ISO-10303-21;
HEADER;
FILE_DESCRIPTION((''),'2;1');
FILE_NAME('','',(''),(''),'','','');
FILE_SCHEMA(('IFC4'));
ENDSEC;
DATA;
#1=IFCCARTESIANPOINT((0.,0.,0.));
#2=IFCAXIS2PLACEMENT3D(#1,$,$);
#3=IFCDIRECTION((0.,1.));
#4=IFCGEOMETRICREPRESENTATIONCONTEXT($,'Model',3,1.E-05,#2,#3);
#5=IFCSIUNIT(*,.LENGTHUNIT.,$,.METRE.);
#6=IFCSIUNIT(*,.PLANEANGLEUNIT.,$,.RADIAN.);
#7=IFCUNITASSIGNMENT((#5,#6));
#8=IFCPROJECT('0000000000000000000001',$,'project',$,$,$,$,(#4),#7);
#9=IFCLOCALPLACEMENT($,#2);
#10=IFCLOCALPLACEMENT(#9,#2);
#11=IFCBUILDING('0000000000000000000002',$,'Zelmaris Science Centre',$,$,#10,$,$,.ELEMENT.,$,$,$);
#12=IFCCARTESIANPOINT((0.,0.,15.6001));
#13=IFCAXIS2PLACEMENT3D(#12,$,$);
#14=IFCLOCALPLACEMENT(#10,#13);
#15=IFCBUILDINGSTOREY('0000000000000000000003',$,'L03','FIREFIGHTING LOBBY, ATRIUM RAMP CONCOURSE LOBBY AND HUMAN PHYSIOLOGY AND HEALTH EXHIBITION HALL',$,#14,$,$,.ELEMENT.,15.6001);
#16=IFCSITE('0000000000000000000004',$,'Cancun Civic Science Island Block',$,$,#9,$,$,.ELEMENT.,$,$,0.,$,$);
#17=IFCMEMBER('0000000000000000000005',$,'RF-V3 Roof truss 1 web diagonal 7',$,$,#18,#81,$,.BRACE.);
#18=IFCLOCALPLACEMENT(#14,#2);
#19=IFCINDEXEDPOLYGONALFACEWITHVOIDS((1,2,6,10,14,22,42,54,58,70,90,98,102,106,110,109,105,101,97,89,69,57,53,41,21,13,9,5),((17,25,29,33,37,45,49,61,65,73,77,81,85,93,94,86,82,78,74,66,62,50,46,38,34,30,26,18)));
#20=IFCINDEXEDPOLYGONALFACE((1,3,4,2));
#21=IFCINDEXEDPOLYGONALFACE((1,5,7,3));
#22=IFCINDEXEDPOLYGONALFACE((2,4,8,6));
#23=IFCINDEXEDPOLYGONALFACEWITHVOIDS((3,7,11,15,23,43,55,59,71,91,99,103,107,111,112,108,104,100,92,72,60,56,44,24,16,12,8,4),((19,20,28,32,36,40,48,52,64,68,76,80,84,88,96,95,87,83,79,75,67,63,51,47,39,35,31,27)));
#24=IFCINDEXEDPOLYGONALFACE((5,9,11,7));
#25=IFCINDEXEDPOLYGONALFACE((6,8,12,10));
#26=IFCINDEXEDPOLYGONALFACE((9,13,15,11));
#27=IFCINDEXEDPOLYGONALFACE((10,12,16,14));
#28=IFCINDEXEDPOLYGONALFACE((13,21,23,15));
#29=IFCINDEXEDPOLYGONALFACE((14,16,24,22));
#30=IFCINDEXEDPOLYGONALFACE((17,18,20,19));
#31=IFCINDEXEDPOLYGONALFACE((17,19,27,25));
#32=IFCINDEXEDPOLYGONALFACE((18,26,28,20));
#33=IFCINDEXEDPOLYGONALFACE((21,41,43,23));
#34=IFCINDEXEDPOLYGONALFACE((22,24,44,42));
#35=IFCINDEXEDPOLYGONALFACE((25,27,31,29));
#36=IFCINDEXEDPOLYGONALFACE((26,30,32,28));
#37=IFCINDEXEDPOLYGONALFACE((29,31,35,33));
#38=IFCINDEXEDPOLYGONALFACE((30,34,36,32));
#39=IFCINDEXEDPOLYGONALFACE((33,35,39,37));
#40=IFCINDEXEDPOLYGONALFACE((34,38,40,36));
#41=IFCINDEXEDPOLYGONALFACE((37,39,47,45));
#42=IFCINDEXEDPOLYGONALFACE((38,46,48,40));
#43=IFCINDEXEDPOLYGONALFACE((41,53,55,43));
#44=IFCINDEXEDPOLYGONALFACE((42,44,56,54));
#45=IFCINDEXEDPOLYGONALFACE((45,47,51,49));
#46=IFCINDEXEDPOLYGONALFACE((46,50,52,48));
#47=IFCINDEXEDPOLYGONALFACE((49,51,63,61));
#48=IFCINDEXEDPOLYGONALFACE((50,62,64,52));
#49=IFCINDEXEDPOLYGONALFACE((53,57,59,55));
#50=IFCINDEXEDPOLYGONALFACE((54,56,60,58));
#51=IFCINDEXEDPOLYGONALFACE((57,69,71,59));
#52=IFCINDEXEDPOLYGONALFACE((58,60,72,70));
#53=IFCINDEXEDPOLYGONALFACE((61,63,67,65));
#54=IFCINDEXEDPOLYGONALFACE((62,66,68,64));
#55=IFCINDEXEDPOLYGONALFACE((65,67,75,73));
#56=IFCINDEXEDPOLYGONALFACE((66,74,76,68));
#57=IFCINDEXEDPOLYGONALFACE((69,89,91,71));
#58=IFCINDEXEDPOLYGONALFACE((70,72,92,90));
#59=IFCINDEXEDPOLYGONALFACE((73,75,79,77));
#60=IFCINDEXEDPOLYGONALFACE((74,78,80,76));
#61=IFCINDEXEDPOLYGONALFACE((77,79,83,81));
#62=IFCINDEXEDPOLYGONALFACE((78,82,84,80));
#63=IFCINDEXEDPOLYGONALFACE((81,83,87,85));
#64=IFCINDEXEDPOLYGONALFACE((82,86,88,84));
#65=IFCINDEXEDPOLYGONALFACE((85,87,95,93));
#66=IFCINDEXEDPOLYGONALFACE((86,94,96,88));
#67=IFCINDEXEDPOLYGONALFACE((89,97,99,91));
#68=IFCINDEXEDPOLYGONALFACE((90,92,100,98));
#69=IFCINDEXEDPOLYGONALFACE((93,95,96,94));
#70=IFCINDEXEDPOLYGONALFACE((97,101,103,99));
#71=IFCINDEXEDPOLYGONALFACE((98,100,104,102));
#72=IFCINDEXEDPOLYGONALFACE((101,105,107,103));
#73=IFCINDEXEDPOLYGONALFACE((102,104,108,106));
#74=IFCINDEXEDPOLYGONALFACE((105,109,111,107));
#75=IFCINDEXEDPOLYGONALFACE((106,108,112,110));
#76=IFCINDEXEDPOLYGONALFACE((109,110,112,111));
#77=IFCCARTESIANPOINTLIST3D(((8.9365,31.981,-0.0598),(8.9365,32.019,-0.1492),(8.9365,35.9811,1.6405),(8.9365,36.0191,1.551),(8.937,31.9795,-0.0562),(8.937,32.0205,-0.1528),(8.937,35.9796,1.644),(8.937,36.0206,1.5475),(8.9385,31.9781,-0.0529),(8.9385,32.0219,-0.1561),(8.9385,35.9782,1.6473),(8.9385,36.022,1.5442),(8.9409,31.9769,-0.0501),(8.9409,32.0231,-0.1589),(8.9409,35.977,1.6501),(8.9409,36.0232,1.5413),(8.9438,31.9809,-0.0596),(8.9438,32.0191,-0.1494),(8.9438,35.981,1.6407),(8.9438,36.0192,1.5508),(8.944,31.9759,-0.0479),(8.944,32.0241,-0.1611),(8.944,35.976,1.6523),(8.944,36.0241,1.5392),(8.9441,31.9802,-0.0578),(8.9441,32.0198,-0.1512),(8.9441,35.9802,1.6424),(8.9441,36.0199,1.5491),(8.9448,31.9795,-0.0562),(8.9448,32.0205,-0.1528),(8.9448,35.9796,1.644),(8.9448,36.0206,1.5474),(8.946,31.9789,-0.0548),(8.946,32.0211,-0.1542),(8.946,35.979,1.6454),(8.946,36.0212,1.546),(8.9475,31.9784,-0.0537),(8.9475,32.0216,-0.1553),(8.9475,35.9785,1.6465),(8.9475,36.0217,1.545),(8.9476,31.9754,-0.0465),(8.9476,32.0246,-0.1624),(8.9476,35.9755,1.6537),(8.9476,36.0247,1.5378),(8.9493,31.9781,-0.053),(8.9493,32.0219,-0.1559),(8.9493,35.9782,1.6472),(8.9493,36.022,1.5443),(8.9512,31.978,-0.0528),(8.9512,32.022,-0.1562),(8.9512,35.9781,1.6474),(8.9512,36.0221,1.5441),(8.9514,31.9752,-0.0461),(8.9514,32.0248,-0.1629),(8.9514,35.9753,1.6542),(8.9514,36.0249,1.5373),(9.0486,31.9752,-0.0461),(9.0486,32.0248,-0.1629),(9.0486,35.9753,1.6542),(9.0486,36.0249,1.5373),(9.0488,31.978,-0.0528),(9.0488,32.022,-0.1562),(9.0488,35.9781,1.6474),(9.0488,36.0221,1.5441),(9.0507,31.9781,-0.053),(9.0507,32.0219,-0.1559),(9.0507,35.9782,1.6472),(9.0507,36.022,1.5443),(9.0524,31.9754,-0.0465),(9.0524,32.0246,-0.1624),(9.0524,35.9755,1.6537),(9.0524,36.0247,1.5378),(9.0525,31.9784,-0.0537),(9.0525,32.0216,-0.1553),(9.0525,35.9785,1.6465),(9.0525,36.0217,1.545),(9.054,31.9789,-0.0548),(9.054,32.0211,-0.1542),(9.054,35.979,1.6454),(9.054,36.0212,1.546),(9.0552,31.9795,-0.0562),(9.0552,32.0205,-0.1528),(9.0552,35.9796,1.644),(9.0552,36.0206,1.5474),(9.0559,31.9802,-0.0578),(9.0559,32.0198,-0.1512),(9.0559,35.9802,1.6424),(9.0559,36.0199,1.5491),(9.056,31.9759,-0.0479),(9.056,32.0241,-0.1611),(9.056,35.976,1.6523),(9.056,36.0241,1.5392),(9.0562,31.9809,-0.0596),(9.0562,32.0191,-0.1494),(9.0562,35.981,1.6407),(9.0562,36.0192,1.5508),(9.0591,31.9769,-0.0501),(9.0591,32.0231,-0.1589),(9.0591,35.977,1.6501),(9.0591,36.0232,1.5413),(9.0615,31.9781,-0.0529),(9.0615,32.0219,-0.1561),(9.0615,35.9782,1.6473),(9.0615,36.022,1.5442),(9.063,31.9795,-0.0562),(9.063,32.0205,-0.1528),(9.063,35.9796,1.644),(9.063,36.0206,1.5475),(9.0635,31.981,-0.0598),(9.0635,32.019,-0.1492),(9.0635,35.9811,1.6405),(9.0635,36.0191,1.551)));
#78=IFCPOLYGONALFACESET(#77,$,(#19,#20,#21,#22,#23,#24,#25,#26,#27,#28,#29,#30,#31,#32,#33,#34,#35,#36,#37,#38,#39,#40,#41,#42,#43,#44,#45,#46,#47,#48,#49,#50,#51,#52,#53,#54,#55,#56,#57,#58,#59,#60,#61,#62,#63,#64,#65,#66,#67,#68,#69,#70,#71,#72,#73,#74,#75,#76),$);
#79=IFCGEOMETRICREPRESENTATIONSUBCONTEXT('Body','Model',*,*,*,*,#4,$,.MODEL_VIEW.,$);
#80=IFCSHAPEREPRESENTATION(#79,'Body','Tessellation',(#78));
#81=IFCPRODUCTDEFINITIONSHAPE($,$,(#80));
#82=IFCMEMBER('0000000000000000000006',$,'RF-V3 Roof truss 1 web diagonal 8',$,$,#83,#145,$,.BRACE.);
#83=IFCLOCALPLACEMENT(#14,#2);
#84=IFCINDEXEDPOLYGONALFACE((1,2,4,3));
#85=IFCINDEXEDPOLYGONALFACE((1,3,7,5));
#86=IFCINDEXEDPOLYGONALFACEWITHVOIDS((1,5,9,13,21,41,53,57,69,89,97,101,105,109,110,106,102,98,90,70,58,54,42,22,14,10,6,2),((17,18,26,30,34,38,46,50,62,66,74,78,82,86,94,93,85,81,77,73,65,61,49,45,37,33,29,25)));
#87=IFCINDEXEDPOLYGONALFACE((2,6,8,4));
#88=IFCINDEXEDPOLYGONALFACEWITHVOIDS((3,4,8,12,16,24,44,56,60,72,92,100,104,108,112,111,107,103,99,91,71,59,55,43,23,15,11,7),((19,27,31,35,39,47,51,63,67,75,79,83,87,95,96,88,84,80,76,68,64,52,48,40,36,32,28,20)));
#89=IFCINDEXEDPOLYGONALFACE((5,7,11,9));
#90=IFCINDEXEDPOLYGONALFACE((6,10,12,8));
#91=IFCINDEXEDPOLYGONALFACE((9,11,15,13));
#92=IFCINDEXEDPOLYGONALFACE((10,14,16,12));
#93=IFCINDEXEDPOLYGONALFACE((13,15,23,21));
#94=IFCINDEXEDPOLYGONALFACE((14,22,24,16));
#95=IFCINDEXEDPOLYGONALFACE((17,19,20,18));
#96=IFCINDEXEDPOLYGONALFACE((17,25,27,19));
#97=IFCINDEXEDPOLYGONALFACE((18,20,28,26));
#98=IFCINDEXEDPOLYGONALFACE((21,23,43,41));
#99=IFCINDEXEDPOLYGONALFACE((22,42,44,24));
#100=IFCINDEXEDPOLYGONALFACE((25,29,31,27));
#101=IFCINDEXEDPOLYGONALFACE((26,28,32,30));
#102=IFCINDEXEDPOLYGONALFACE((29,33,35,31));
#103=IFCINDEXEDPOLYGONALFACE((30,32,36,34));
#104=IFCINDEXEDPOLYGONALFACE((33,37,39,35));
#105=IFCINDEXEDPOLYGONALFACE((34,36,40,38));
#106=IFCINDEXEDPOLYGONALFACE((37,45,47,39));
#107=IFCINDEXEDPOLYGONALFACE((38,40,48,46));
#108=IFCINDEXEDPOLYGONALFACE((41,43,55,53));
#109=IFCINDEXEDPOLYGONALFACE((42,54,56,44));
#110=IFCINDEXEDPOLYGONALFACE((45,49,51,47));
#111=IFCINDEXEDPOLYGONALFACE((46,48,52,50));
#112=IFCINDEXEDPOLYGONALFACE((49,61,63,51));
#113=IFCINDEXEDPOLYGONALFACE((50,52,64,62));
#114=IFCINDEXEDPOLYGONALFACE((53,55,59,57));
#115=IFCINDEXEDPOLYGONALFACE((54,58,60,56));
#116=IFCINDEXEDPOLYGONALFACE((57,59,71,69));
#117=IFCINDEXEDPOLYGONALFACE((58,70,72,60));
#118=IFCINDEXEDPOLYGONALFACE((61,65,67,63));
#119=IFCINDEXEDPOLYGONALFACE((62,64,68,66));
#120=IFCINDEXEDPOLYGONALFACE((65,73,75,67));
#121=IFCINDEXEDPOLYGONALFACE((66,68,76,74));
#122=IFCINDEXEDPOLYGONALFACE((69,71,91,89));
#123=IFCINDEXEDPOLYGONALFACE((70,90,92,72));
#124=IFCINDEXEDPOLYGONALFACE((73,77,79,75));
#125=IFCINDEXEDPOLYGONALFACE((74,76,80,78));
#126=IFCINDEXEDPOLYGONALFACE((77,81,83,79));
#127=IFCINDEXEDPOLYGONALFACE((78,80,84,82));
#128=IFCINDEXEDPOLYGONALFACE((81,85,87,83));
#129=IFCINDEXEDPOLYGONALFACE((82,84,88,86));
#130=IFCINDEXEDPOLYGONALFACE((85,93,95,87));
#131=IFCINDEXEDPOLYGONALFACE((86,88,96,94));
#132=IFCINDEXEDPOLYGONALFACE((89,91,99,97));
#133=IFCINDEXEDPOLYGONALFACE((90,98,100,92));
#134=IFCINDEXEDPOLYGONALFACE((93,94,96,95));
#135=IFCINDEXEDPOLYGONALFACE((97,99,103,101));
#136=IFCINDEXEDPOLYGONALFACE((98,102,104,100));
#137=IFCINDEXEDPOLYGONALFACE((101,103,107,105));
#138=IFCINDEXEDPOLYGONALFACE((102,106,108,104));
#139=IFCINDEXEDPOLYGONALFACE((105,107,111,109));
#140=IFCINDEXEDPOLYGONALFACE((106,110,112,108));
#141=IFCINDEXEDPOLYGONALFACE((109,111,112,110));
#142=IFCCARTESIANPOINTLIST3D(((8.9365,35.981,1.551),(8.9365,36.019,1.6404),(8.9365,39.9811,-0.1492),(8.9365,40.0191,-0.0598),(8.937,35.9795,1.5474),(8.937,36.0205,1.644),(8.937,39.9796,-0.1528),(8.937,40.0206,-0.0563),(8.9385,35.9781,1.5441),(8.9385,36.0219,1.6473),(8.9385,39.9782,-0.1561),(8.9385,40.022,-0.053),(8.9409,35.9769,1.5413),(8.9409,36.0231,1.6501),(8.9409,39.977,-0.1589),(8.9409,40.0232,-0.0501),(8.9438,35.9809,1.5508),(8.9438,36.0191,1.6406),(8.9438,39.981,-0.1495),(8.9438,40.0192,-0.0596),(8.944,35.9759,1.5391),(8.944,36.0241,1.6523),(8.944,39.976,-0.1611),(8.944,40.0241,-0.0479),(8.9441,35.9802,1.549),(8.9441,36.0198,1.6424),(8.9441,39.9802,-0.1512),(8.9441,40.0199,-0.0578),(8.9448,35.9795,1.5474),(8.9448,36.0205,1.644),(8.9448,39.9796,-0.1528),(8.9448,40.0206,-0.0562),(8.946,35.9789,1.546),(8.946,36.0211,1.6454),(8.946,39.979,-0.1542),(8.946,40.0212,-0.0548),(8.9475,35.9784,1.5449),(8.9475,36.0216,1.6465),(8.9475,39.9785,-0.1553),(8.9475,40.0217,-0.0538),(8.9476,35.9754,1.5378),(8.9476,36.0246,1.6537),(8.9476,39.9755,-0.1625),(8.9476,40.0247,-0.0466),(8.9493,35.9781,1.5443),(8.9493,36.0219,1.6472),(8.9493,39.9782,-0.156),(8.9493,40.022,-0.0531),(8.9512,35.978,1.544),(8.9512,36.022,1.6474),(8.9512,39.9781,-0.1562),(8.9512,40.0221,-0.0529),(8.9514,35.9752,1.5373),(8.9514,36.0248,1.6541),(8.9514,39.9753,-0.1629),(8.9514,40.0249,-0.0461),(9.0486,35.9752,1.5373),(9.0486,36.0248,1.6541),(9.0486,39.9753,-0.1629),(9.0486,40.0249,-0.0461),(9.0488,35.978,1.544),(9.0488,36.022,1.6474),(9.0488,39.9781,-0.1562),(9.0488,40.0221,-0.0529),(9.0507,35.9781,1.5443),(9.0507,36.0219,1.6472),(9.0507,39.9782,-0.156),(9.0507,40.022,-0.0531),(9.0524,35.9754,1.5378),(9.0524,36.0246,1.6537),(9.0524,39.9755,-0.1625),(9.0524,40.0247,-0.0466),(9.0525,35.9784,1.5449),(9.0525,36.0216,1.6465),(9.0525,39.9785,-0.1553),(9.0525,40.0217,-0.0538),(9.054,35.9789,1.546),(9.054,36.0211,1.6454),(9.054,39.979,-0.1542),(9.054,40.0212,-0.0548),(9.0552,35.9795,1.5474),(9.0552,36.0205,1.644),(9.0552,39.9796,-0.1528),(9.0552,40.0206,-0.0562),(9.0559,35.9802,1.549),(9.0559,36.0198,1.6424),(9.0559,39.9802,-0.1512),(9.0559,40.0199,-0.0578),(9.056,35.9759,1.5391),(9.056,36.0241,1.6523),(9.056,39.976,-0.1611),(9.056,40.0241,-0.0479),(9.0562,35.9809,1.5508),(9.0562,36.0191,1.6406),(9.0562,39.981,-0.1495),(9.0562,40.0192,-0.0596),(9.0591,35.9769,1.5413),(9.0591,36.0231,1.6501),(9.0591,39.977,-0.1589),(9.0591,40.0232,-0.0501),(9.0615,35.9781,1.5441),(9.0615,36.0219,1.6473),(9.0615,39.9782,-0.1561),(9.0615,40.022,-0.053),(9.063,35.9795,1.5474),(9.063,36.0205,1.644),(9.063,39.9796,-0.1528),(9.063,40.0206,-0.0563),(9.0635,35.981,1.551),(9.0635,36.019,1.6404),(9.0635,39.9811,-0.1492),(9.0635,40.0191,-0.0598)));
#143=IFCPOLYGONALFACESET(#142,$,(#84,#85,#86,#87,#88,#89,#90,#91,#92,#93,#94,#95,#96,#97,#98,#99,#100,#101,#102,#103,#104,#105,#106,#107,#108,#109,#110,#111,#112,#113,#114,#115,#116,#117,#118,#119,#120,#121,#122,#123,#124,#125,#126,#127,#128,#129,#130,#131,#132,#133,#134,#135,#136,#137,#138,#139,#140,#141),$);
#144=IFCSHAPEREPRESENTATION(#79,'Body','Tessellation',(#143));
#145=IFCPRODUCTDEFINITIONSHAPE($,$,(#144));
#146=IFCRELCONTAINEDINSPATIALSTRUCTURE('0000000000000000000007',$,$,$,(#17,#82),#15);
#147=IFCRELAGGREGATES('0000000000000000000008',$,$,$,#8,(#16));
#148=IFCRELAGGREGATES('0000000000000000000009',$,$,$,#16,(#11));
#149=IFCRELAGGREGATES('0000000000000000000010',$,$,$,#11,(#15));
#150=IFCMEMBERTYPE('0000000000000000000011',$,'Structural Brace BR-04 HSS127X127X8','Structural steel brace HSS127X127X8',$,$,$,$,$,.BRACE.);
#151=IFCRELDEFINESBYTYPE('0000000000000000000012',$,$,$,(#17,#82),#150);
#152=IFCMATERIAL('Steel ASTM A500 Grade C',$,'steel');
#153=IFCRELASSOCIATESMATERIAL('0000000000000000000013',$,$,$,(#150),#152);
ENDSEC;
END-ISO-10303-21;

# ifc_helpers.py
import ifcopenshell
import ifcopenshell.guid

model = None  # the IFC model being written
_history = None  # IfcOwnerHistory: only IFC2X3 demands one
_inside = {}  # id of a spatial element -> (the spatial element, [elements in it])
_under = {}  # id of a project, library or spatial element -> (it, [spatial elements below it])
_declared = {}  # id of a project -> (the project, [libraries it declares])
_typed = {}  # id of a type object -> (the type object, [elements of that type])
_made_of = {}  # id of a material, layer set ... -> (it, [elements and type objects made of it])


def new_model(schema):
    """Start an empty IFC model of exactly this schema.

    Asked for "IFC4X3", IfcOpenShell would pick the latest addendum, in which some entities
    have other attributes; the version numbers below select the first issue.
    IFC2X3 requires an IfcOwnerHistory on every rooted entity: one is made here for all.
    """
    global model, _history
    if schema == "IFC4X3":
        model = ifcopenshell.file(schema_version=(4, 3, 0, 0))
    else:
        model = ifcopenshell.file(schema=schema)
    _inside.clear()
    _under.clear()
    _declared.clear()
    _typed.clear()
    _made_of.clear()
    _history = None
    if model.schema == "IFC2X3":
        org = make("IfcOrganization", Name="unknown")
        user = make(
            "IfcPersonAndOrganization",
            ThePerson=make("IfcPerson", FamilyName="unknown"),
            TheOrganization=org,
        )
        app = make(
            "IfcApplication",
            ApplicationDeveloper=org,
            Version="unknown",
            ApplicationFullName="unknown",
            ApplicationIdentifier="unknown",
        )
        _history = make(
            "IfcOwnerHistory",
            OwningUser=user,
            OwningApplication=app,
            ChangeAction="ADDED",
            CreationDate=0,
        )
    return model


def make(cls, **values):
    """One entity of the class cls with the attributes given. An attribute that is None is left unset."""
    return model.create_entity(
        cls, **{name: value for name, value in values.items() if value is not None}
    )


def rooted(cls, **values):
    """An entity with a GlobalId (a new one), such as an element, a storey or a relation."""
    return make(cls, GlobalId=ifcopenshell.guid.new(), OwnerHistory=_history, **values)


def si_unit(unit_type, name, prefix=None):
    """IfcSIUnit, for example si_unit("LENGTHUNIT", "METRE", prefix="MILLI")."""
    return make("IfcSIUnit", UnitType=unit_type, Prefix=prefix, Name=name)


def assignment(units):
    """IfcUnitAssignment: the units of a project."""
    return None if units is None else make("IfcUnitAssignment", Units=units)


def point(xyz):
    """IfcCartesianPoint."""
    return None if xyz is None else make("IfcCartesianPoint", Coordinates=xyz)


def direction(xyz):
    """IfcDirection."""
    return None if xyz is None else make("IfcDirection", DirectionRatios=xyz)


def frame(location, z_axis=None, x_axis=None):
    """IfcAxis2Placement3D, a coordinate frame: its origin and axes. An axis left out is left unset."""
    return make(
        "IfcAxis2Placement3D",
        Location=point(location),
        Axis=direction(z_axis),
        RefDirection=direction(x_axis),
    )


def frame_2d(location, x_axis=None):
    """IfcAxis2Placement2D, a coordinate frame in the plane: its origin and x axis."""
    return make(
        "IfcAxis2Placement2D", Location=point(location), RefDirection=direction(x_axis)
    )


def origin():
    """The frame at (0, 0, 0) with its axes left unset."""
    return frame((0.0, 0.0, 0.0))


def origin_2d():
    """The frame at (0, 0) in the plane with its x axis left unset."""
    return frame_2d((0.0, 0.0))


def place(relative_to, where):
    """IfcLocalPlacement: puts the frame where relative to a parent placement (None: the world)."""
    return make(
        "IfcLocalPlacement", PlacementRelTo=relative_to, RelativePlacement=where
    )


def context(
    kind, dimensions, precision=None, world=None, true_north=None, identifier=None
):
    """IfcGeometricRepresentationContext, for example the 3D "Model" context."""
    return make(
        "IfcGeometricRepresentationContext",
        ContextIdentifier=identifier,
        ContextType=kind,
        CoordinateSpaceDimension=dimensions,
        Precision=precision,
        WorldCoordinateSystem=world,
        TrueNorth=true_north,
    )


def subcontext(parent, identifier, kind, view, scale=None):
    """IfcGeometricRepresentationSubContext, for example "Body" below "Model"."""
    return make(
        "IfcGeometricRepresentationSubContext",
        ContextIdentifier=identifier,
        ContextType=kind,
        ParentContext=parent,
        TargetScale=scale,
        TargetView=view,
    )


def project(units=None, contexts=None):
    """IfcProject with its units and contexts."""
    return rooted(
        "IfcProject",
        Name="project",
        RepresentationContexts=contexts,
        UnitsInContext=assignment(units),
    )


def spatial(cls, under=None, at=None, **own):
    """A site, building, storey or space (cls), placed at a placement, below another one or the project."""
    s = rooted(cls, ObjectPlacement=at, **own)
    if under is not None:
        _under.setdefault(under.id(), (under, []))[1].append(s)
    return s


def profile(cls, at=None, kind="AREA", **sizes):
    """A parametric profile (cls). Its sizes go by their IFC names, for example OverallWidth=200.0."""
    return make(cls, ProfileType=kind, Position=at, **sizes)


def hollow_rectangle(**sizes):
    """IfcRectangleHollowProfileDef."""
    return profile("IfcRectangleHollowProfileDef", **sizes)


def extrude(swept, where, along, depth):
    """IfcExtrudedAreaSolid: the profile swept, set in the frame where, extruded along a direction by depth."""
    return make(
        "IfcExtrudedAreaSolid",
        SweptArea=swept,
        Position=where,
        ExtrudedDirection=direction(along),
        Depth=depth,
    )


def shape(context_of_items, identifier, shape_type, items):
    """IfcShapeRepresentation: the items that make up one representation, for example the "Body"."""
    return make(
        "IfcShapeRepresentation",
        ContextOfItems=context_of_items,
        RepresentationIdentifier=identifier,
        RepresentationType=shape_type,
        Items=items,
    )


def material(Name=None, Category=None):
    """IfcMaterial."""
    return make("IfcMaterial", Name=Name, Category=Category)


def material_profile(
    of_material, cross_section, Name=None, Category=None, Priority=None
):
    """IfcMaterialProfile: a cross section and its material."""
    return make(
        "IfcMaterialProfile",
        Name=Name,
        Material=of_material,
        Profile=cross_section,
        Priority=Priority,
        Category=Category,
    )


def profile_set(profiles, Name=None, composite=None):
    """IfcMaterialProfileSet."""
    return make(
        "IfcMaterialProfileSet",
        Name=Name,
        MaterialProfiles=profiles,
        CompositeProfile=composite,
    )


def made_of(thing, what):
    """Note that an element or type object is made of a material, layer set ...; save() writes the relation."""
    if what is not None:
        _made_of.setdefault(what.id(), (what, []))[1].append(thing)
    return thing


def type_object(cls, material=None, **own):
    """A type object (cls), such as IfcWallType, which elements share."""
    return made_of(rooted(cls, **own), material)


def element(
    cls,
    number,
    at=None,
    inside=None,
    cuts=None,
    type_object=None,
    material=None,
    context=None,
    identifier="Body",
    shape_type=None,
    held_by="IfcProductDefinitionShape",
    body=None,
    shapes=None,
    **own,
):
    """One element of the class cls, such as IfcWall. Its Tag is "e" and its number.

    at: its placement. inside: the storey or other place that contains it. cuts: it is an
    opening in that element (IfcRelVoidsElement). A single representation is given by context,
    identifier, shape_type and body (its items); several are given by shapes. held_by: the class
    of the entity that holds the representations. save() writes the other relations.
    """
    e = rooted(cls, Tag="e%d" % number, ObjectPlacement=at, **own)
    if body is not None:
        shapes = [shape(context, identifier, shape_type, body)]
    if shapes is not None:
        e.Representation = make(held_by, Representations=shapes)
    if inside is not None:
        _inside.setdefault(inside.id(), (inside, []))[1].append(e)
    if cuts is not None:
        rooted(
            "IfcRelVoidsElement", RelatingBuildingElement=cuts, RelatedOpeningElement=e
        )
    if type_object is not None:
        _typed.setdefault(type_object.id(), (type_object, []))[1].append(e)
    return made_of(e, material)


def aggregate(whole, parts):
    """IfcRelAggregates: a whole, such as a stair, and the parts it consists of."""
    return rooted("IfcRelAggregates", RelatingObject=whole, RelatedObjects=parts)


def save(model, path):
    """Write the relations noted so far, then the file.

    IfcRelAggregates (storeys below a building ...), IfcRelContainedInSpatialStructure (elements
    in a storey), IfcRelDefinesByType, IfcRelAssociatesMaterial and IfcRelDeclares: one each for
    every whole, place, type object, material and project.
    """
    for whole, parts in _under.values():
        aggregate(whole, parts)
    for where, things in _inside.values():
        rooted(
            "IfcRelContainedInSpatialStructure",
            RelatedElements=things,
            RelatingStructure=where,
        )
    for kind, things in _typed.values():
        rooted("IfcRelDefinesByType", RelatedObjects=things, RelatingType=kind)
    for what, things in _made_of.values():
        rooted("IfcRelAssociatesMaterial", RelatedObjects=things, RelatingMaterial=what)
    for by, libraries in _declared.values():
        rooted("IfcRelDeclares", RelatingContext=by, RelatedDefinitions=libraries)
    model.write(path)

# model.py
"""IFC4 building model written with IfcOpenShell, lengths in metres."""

from ifc_helpers import new_model, si_unit, direction, frame, origin, origin_2d, place, context, subcontext, project, spatial, hollow_rectangle, extrude, material, material_profile, profile_set, type_object, element, save


model = new_model("IFC4")

# Units and contexts
model_context = context("Model", 3, precision=1e-05, world=origin(), true_north=direction((0.0, 1.0)))
body_context = subcontext(model_context, "Body", "Model", "MODEL_VIEW")
ifc_project = project(units=[si_unit("LENGTHUNIT", "METRE"), si_unit("PLANEANGLEUNIT", "RADIAN")], contexts=[model_context])

# Site, building, storey
site_placement = place(None, origin())
site = spatial("IfcSite", under=ifc_project, at=site_placement, Name="Cancun Civic Science Island Block", CompositionType="ELEMENT", RefElevation=0.0)
building_placement = place(site_placement, origin())
building = spatial("IfcBuilding", under=site, at=building_placement, Name="Zelmaris Science Centre", CompositionType="ELEMENT")
storey_placement = place(building_placement, frame((0.0, 0.0, 15.6001)))
storey = spatial("IfcBuildingStorey", under=building, at=storey_placement, Name="L03", Description="FIREFIGHTING LOBBY, ATRIUM RAMP CONCOURSE LOBBY AND HUMAN PHYSIOLOGY AND HEALTH EXHIBITION HALL", CompositionType="ELEMENT", Elevation=15.6001)

# Shared definitions
ifc_material_1 = material(Name="Steel ASTM A500 Grade C", Category="steel")

# Members
ifc_material_profile_1 = material_profile(ifc_material_1, hollow_rectangle(XDim=0.127, YDim=0.127, WallThickness=0.0073, InnerFilletRadius=0.0073, OuterFilletRadius=0.0149, at=origin_2d()), Name="HSS127X127X8")
ifc_profile_set_1 = profile_set([ifc_material_profile_1], Name="Steel ASTM A500 Grade C")
member_type_1 = type_object("IfcMemberType", Name="Structural Brace BR-04 HSS127X127X8", Description="Structural steel brace HSS127X127X8", PredefinedType="BRACE", material=ifc_profile_set_1)
for number, where, z_axis, x_axis, name in (
    (1, (9.0, 32.0, -0.1045), (0.0, 0.920315, 0.391179), (-1.0, 0.0, 0.0), "RF-V3 Roof truss 1 web diagonal 7"),
    (2, (9.0, 36.0, 1.5957), (0.0, 0.920315, -0.391179), (-1.0, 0.0, 0.0), "RF-V3 Roof truss 1 web diagonal 8"),
):
    element("IfcMember", number, at=place(storey_placement, frame(where, z_axis=z_axis, x_axis=x_axis)), inside=storey, type_object=member_type_1, Name=name, PredefinedType="BRACE", context=body_context, shape_type="SweptSolid", body=[
        extrude(hollow_rectangle(XDim=0.127, YDim=0.127, WallThickness=0.0073, InnerFilletRadius=0.0073, OuterFilletRadius=0.0149, at=origin_2d()), origin(), (0.0, 0.0, 1.0), 4.3464),
    ])

save(model, "model.ifc")
